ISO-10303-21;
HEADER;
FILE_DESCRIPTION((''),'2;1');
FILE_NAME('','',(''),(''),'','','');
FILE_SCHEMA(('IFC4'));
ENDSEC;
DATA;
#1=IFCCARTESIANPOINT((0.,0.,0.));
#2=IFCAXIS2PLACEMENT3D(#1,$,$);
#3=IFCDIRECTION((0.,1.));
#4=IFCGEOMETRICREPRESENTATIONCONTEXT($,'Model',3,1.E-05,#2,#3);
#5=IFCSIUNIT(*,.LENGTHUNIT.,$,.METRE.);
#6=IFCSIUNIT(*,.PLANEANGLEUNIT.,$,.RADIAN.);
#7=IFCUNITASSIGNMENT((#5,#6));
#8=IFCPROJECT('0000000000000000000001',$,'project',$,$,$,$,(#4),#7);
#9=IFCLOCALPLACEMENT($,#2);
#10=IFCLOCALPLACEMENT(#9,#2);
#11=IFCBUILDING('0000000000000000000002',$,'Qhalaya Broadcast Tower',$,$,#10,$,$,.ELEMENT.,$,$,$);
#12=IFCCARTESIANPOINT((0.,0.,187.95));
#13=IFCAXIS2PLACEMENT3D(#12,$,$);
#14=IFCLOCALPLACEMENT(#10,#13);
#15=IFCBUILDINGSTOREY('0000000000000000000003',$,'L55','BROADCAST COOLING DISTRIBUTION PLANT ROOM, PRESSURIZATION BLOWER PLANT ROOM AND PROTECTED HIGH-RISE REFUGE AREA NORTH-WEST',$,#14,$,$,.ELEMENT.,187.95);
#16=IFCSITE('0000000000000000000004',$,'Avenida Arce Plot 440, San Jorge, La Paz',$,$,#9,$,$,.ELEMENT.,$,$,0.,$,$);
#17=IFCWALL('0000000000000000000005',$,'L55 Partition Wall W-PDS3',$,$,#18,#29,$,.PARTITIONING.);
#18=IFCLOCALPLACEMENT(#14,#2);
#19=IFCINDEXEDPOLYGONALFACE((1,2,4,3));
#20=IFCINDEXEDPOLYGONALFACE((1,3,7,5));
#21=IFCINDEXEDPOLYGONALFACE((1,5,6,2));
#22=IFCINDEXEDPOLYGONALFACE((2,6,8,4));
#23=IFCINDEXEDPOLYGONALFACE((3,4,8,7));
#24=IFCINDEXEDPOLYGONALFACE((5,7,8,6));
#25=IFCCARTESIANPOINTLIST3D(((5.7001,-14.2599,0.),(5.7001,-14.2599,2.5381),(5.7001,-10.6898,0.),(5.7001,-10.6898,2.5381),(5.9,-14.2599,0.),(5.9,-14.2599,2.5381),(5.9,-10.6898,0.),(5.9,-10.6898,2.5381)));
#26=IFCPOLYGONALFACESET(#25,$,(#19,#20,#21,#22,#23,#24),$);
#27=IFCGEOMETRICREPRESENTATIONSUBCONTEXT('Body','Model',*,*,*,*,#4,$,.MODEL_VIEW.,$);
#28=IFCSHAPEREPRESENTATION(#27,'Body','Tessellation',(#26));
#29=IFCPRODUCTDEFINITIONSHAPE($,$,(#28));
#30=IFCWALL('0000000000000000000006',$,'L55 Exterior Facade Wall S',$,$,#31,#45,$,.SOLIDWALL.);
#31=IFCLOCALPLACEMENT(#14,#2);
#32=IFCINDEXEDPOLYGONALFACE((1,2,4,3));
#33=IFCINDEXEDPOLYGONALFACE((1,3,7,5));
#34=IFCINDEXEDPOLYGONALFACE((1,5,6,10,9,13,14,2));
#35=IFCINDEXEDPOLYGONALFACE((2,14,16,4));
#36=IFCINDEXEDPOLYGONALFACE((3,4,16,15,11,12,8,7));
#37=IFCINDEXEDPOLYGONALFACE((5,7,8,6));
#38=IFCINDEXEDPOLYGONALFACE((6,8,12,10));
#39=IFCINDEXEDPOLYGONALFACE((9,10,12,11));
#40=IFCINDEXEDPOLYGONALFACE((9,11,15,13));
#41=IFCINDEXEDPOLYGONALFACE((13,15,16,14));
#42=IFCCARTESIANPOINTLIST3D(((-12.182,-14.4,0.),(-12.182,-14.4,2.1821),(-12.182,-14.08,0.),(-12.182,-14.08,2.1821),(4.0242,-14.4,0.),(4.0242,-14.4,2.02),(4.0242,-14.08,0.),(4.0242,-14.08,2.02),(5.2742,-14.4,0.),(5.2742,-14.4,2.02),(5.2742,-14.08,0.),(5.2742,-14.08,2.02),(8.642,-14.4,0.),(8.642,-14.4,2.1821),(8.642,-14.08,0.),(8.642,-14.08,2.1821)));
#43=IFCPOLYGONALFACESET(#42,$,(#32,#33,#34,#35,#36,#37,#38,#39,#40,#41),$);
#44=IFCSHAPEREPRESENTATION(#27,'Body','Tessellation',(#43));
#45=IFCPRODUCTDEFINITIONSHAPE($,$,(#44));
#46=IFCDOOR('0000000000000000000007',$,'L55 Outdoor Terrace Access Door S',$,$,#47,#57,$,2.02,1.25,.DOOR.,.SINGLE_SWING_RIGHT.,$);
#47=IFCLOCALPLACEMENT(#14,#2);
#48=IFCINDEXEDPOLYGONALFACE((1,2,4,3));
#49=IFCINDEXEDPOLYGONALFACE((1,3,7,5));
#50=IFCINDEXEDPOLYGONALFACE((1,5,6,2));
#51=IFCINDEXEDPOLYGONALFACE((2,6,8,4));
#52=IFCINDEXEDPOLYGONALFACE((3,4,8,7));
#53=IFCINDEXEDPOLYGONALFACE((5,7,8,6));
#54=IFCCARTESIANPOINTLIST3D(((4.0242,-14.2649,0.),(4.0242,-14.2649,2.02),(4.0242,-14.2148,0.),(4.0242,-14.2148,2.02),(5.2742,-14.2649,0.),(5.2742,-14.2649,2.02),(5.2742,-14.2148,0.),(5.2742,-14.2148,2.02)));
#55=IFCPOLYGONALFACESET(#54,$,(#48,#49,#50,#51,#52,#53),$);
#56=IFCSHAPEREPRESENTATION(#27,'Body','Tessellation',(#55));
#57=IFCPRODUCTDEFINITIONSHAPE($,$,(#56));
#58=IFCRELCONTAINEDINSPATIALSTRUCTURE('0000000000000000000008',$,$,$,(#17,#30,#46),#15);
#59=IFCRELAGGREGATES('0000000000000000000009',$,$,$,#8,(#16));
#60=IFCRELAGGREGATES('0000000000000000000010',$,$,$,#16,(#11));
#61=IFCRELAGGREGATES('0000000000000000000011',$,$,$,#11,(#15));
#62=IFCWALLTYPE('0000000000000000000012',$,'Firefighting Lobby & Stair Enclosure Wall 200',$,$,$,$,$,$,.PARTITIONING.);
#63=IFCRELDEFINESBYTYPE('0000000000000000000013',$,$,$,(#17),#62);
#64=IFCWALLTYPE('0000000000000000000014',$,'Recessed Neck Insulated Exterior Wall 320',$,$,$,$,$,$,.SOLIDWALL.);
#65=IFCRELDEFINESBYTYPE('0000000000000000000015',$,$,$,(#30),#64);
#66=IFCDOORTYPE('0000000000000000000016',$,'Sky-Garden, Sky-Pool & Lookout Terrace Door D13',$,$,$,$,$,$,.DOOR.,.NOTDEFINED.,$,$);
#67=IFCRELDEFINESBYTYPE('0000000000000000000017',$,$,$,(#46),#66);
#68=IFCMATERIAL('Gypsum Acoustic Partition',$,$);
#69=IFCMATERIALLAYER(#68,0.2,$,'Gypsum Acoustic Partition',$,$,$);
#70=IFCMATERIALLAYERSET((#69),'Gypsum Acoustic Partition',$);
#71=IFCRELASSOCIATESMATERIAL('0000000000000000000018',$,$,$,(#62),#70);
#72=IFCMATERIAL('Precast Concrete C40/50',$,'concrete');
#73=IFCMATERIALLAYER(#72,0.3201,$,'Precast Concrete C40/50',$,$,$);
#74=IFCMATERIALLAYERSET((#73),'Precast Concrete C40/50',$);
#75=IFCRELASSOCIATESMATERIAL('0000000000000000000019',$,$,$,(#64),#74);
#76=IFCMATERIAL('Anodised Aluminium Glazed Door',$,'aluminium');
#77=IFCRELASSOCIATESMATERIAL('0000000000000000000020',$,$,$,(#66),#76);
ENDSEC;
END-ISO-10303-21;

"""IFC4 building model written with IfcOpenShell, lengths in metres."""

from ifc_helpers import new_model, si_unit, direction, frame, frame_2d, origin, place, context, subcontext, project, spatial, rectangle, extrude, material, layer, layer_set, type_object, element, fill, save


model = new_model("IFC4")

# Units and contexts
model_context = context("Model", 3, precision=1e-05, world=origin(), true_north=direction((0.0, 1.0)))
body_context = subcontext(model_context, "Body", "Model", "MODEL_VIEW")
ifc_project = project(units=[si_unit("LENGTHUNIT", "METRE"), si_unit("PLANEANGLEUNIT", "RADIAN")], contexts=[model_context])

# Site, building, storey
site_placement = place(None, origin())
site = spatial("IfcSite", under=ifc_project, at=site_placement, Name="Avenida Arce Plot 440, San Jorge, La Paz", CompositionType="ELEMENT", RefElevation=0.0)
building_placement = place(site_placement, origin())
building = spatial("IfcBuilding", under=site, at=building_placement, Name="Qhalaya Broadcast Tower", CompositionType="ELEMENT")
storey_placement = place(building_placement, frame((0.0, 0.0, 187.95)))
storey = spatial("IfcBuildingStorey", under=building, at=storey_placement, Name="L55", Description="BROADCAST COOLING DISTRIBUTION PLANT ROOM, PRESSURIZATION BLOWER PLANT ROOM AND PROTECTED HIGH-RISE REFUGE AREA NORTH-WEST", CompositionType="ELEMENT", Elevation=187.95)

# Wall
ifc_material_1 = material(Name="Gypsum Acoustic Partition")
ifc_layer_1 = layer(ifc_material_1, 0.2, Name="Gypsum Acoustic Partition")
ifc_layer_set_1 = layer_set([ifc_layer_1], Name="Gypsum Acoustic Partition")
wall_type_1 = type_object("IfcWallType", Name="Firefighting Lobby & Stair Enclosure Wall 200", PredefinedType="PARTITIONING", material=ifc_layer_set_1)
wall_1_placement = place(storey_placement, frame((5.8, -14.26, 0.0), z_axis=(0.0, 0.0, 1.0), x_axis=(0.0, 1.0, 0.0)))
element("IfcWall", 1, at=wall_1_placement, inside=storey, type_object=wall_type_1, Name="L55 Partition Wall W-PDS3", PredefinedType="PARTITIONING", context=body_context, shape_type="SweptSolid", body=[
    extrude(rectangle(XDim=3.5701, YDim=0.2, at=frame_2d((1.7852, 0.0))), origin(), (0.0, 0.0, 1.0), 2.5381),
])

# Wall, opening, door
ifc_material_2 = material(Name="Precast Concrete C40/50", Category="concrete")
ifc_layer_2 = layer(ifc_material_2, 0.3201, Name="Precast Concrete C40/50")
ifc_layer_set_2 = layer_set([ifc_layer_2], Name="Precast Concrete C40/50")
wall_type_2 = type_object("IfcWallType", Name="Recessed Neck Insulated Exterior Wall 320", PredefinedType="SOLIDWALL", material=ifc_layer_set_2)
wall_2_placement = place(storey_placement, frame((8.6421, -14.24, 0.0), z_axis=(0.0, 0.0, 1.0), x_axis=(-1.0, 0.0, 0.0)))
wall_2 = element("IfcWall", 2, at=wall_2_placement, inside=storey, type_object=wall_type_2, Name="L55 Exterior Facade Wall S", PredefinedType="SOLIDWALL", context=body_context, shape_type="SweptSolid", body=[
    extrude(rectangle(XDim=20.824, YDim=0.3201, at=frame_2d((10.4121, 0.0))), origin(), (0.0, 0.0, 1.0), 2.1821),
])
opening_placement = place(wall_2_placement, frame((3.3679, 0.0, 0.0)))
opening = element("IfcOpeningElement", 3, at=opening_placement, cuts=wall_2, PredefinedType="OPENING", context=body_context, shape_type="SweptSolid", body=[
    extrude(rectangle(XDim=1.25, YDim=2.02, at=frame_2d((0.625, 1.01))), frame((0.0, 0.1721, 0.0), z_axis=(0.0, -1.0, 0.0), x_axis=(1.0, 0.0, 0.0)), (0.0, 0.0, 1.0), 0.344),
])
ifc_material_3 = material(Name="Anodised Aluminium Glazed Door", Category="aluminium")
door_type = type_object("IfcDoorType", Name="Sky-Garden, Sky-Pool & Lookout Terrace Door D13", OperationType="NOTDEFINED", PredefinedType="DOOR", material=ifc_material_3)
door_placement = place(opening_placement, origin())
door = element("IfcDoor", 4, at=door_placement, inside=storey, type_object=door_type, Name="L55 Outdoor Terrace Access Door S", OperationType="SINGLE_SWING_RIGHT", OverallHeight=2.02, OverallWidth=1.25, PredefinedType="DOOR", context=body_context, shape_type="SweptSolid", body=[
    extrude(rectangle(XDim=1.25, YDim=2.02, at=frame_2d((0.625, 1.01))), frame((0.0, 0.0249, 0.0), z_axis=(0.0, -1.0, 0.0), x_axis=(1.0, 0.0, 0.0)), (0.0, 0.0, 1.0), 0.05),
])
fill(opening, door)

save(model, "model.ifc")
